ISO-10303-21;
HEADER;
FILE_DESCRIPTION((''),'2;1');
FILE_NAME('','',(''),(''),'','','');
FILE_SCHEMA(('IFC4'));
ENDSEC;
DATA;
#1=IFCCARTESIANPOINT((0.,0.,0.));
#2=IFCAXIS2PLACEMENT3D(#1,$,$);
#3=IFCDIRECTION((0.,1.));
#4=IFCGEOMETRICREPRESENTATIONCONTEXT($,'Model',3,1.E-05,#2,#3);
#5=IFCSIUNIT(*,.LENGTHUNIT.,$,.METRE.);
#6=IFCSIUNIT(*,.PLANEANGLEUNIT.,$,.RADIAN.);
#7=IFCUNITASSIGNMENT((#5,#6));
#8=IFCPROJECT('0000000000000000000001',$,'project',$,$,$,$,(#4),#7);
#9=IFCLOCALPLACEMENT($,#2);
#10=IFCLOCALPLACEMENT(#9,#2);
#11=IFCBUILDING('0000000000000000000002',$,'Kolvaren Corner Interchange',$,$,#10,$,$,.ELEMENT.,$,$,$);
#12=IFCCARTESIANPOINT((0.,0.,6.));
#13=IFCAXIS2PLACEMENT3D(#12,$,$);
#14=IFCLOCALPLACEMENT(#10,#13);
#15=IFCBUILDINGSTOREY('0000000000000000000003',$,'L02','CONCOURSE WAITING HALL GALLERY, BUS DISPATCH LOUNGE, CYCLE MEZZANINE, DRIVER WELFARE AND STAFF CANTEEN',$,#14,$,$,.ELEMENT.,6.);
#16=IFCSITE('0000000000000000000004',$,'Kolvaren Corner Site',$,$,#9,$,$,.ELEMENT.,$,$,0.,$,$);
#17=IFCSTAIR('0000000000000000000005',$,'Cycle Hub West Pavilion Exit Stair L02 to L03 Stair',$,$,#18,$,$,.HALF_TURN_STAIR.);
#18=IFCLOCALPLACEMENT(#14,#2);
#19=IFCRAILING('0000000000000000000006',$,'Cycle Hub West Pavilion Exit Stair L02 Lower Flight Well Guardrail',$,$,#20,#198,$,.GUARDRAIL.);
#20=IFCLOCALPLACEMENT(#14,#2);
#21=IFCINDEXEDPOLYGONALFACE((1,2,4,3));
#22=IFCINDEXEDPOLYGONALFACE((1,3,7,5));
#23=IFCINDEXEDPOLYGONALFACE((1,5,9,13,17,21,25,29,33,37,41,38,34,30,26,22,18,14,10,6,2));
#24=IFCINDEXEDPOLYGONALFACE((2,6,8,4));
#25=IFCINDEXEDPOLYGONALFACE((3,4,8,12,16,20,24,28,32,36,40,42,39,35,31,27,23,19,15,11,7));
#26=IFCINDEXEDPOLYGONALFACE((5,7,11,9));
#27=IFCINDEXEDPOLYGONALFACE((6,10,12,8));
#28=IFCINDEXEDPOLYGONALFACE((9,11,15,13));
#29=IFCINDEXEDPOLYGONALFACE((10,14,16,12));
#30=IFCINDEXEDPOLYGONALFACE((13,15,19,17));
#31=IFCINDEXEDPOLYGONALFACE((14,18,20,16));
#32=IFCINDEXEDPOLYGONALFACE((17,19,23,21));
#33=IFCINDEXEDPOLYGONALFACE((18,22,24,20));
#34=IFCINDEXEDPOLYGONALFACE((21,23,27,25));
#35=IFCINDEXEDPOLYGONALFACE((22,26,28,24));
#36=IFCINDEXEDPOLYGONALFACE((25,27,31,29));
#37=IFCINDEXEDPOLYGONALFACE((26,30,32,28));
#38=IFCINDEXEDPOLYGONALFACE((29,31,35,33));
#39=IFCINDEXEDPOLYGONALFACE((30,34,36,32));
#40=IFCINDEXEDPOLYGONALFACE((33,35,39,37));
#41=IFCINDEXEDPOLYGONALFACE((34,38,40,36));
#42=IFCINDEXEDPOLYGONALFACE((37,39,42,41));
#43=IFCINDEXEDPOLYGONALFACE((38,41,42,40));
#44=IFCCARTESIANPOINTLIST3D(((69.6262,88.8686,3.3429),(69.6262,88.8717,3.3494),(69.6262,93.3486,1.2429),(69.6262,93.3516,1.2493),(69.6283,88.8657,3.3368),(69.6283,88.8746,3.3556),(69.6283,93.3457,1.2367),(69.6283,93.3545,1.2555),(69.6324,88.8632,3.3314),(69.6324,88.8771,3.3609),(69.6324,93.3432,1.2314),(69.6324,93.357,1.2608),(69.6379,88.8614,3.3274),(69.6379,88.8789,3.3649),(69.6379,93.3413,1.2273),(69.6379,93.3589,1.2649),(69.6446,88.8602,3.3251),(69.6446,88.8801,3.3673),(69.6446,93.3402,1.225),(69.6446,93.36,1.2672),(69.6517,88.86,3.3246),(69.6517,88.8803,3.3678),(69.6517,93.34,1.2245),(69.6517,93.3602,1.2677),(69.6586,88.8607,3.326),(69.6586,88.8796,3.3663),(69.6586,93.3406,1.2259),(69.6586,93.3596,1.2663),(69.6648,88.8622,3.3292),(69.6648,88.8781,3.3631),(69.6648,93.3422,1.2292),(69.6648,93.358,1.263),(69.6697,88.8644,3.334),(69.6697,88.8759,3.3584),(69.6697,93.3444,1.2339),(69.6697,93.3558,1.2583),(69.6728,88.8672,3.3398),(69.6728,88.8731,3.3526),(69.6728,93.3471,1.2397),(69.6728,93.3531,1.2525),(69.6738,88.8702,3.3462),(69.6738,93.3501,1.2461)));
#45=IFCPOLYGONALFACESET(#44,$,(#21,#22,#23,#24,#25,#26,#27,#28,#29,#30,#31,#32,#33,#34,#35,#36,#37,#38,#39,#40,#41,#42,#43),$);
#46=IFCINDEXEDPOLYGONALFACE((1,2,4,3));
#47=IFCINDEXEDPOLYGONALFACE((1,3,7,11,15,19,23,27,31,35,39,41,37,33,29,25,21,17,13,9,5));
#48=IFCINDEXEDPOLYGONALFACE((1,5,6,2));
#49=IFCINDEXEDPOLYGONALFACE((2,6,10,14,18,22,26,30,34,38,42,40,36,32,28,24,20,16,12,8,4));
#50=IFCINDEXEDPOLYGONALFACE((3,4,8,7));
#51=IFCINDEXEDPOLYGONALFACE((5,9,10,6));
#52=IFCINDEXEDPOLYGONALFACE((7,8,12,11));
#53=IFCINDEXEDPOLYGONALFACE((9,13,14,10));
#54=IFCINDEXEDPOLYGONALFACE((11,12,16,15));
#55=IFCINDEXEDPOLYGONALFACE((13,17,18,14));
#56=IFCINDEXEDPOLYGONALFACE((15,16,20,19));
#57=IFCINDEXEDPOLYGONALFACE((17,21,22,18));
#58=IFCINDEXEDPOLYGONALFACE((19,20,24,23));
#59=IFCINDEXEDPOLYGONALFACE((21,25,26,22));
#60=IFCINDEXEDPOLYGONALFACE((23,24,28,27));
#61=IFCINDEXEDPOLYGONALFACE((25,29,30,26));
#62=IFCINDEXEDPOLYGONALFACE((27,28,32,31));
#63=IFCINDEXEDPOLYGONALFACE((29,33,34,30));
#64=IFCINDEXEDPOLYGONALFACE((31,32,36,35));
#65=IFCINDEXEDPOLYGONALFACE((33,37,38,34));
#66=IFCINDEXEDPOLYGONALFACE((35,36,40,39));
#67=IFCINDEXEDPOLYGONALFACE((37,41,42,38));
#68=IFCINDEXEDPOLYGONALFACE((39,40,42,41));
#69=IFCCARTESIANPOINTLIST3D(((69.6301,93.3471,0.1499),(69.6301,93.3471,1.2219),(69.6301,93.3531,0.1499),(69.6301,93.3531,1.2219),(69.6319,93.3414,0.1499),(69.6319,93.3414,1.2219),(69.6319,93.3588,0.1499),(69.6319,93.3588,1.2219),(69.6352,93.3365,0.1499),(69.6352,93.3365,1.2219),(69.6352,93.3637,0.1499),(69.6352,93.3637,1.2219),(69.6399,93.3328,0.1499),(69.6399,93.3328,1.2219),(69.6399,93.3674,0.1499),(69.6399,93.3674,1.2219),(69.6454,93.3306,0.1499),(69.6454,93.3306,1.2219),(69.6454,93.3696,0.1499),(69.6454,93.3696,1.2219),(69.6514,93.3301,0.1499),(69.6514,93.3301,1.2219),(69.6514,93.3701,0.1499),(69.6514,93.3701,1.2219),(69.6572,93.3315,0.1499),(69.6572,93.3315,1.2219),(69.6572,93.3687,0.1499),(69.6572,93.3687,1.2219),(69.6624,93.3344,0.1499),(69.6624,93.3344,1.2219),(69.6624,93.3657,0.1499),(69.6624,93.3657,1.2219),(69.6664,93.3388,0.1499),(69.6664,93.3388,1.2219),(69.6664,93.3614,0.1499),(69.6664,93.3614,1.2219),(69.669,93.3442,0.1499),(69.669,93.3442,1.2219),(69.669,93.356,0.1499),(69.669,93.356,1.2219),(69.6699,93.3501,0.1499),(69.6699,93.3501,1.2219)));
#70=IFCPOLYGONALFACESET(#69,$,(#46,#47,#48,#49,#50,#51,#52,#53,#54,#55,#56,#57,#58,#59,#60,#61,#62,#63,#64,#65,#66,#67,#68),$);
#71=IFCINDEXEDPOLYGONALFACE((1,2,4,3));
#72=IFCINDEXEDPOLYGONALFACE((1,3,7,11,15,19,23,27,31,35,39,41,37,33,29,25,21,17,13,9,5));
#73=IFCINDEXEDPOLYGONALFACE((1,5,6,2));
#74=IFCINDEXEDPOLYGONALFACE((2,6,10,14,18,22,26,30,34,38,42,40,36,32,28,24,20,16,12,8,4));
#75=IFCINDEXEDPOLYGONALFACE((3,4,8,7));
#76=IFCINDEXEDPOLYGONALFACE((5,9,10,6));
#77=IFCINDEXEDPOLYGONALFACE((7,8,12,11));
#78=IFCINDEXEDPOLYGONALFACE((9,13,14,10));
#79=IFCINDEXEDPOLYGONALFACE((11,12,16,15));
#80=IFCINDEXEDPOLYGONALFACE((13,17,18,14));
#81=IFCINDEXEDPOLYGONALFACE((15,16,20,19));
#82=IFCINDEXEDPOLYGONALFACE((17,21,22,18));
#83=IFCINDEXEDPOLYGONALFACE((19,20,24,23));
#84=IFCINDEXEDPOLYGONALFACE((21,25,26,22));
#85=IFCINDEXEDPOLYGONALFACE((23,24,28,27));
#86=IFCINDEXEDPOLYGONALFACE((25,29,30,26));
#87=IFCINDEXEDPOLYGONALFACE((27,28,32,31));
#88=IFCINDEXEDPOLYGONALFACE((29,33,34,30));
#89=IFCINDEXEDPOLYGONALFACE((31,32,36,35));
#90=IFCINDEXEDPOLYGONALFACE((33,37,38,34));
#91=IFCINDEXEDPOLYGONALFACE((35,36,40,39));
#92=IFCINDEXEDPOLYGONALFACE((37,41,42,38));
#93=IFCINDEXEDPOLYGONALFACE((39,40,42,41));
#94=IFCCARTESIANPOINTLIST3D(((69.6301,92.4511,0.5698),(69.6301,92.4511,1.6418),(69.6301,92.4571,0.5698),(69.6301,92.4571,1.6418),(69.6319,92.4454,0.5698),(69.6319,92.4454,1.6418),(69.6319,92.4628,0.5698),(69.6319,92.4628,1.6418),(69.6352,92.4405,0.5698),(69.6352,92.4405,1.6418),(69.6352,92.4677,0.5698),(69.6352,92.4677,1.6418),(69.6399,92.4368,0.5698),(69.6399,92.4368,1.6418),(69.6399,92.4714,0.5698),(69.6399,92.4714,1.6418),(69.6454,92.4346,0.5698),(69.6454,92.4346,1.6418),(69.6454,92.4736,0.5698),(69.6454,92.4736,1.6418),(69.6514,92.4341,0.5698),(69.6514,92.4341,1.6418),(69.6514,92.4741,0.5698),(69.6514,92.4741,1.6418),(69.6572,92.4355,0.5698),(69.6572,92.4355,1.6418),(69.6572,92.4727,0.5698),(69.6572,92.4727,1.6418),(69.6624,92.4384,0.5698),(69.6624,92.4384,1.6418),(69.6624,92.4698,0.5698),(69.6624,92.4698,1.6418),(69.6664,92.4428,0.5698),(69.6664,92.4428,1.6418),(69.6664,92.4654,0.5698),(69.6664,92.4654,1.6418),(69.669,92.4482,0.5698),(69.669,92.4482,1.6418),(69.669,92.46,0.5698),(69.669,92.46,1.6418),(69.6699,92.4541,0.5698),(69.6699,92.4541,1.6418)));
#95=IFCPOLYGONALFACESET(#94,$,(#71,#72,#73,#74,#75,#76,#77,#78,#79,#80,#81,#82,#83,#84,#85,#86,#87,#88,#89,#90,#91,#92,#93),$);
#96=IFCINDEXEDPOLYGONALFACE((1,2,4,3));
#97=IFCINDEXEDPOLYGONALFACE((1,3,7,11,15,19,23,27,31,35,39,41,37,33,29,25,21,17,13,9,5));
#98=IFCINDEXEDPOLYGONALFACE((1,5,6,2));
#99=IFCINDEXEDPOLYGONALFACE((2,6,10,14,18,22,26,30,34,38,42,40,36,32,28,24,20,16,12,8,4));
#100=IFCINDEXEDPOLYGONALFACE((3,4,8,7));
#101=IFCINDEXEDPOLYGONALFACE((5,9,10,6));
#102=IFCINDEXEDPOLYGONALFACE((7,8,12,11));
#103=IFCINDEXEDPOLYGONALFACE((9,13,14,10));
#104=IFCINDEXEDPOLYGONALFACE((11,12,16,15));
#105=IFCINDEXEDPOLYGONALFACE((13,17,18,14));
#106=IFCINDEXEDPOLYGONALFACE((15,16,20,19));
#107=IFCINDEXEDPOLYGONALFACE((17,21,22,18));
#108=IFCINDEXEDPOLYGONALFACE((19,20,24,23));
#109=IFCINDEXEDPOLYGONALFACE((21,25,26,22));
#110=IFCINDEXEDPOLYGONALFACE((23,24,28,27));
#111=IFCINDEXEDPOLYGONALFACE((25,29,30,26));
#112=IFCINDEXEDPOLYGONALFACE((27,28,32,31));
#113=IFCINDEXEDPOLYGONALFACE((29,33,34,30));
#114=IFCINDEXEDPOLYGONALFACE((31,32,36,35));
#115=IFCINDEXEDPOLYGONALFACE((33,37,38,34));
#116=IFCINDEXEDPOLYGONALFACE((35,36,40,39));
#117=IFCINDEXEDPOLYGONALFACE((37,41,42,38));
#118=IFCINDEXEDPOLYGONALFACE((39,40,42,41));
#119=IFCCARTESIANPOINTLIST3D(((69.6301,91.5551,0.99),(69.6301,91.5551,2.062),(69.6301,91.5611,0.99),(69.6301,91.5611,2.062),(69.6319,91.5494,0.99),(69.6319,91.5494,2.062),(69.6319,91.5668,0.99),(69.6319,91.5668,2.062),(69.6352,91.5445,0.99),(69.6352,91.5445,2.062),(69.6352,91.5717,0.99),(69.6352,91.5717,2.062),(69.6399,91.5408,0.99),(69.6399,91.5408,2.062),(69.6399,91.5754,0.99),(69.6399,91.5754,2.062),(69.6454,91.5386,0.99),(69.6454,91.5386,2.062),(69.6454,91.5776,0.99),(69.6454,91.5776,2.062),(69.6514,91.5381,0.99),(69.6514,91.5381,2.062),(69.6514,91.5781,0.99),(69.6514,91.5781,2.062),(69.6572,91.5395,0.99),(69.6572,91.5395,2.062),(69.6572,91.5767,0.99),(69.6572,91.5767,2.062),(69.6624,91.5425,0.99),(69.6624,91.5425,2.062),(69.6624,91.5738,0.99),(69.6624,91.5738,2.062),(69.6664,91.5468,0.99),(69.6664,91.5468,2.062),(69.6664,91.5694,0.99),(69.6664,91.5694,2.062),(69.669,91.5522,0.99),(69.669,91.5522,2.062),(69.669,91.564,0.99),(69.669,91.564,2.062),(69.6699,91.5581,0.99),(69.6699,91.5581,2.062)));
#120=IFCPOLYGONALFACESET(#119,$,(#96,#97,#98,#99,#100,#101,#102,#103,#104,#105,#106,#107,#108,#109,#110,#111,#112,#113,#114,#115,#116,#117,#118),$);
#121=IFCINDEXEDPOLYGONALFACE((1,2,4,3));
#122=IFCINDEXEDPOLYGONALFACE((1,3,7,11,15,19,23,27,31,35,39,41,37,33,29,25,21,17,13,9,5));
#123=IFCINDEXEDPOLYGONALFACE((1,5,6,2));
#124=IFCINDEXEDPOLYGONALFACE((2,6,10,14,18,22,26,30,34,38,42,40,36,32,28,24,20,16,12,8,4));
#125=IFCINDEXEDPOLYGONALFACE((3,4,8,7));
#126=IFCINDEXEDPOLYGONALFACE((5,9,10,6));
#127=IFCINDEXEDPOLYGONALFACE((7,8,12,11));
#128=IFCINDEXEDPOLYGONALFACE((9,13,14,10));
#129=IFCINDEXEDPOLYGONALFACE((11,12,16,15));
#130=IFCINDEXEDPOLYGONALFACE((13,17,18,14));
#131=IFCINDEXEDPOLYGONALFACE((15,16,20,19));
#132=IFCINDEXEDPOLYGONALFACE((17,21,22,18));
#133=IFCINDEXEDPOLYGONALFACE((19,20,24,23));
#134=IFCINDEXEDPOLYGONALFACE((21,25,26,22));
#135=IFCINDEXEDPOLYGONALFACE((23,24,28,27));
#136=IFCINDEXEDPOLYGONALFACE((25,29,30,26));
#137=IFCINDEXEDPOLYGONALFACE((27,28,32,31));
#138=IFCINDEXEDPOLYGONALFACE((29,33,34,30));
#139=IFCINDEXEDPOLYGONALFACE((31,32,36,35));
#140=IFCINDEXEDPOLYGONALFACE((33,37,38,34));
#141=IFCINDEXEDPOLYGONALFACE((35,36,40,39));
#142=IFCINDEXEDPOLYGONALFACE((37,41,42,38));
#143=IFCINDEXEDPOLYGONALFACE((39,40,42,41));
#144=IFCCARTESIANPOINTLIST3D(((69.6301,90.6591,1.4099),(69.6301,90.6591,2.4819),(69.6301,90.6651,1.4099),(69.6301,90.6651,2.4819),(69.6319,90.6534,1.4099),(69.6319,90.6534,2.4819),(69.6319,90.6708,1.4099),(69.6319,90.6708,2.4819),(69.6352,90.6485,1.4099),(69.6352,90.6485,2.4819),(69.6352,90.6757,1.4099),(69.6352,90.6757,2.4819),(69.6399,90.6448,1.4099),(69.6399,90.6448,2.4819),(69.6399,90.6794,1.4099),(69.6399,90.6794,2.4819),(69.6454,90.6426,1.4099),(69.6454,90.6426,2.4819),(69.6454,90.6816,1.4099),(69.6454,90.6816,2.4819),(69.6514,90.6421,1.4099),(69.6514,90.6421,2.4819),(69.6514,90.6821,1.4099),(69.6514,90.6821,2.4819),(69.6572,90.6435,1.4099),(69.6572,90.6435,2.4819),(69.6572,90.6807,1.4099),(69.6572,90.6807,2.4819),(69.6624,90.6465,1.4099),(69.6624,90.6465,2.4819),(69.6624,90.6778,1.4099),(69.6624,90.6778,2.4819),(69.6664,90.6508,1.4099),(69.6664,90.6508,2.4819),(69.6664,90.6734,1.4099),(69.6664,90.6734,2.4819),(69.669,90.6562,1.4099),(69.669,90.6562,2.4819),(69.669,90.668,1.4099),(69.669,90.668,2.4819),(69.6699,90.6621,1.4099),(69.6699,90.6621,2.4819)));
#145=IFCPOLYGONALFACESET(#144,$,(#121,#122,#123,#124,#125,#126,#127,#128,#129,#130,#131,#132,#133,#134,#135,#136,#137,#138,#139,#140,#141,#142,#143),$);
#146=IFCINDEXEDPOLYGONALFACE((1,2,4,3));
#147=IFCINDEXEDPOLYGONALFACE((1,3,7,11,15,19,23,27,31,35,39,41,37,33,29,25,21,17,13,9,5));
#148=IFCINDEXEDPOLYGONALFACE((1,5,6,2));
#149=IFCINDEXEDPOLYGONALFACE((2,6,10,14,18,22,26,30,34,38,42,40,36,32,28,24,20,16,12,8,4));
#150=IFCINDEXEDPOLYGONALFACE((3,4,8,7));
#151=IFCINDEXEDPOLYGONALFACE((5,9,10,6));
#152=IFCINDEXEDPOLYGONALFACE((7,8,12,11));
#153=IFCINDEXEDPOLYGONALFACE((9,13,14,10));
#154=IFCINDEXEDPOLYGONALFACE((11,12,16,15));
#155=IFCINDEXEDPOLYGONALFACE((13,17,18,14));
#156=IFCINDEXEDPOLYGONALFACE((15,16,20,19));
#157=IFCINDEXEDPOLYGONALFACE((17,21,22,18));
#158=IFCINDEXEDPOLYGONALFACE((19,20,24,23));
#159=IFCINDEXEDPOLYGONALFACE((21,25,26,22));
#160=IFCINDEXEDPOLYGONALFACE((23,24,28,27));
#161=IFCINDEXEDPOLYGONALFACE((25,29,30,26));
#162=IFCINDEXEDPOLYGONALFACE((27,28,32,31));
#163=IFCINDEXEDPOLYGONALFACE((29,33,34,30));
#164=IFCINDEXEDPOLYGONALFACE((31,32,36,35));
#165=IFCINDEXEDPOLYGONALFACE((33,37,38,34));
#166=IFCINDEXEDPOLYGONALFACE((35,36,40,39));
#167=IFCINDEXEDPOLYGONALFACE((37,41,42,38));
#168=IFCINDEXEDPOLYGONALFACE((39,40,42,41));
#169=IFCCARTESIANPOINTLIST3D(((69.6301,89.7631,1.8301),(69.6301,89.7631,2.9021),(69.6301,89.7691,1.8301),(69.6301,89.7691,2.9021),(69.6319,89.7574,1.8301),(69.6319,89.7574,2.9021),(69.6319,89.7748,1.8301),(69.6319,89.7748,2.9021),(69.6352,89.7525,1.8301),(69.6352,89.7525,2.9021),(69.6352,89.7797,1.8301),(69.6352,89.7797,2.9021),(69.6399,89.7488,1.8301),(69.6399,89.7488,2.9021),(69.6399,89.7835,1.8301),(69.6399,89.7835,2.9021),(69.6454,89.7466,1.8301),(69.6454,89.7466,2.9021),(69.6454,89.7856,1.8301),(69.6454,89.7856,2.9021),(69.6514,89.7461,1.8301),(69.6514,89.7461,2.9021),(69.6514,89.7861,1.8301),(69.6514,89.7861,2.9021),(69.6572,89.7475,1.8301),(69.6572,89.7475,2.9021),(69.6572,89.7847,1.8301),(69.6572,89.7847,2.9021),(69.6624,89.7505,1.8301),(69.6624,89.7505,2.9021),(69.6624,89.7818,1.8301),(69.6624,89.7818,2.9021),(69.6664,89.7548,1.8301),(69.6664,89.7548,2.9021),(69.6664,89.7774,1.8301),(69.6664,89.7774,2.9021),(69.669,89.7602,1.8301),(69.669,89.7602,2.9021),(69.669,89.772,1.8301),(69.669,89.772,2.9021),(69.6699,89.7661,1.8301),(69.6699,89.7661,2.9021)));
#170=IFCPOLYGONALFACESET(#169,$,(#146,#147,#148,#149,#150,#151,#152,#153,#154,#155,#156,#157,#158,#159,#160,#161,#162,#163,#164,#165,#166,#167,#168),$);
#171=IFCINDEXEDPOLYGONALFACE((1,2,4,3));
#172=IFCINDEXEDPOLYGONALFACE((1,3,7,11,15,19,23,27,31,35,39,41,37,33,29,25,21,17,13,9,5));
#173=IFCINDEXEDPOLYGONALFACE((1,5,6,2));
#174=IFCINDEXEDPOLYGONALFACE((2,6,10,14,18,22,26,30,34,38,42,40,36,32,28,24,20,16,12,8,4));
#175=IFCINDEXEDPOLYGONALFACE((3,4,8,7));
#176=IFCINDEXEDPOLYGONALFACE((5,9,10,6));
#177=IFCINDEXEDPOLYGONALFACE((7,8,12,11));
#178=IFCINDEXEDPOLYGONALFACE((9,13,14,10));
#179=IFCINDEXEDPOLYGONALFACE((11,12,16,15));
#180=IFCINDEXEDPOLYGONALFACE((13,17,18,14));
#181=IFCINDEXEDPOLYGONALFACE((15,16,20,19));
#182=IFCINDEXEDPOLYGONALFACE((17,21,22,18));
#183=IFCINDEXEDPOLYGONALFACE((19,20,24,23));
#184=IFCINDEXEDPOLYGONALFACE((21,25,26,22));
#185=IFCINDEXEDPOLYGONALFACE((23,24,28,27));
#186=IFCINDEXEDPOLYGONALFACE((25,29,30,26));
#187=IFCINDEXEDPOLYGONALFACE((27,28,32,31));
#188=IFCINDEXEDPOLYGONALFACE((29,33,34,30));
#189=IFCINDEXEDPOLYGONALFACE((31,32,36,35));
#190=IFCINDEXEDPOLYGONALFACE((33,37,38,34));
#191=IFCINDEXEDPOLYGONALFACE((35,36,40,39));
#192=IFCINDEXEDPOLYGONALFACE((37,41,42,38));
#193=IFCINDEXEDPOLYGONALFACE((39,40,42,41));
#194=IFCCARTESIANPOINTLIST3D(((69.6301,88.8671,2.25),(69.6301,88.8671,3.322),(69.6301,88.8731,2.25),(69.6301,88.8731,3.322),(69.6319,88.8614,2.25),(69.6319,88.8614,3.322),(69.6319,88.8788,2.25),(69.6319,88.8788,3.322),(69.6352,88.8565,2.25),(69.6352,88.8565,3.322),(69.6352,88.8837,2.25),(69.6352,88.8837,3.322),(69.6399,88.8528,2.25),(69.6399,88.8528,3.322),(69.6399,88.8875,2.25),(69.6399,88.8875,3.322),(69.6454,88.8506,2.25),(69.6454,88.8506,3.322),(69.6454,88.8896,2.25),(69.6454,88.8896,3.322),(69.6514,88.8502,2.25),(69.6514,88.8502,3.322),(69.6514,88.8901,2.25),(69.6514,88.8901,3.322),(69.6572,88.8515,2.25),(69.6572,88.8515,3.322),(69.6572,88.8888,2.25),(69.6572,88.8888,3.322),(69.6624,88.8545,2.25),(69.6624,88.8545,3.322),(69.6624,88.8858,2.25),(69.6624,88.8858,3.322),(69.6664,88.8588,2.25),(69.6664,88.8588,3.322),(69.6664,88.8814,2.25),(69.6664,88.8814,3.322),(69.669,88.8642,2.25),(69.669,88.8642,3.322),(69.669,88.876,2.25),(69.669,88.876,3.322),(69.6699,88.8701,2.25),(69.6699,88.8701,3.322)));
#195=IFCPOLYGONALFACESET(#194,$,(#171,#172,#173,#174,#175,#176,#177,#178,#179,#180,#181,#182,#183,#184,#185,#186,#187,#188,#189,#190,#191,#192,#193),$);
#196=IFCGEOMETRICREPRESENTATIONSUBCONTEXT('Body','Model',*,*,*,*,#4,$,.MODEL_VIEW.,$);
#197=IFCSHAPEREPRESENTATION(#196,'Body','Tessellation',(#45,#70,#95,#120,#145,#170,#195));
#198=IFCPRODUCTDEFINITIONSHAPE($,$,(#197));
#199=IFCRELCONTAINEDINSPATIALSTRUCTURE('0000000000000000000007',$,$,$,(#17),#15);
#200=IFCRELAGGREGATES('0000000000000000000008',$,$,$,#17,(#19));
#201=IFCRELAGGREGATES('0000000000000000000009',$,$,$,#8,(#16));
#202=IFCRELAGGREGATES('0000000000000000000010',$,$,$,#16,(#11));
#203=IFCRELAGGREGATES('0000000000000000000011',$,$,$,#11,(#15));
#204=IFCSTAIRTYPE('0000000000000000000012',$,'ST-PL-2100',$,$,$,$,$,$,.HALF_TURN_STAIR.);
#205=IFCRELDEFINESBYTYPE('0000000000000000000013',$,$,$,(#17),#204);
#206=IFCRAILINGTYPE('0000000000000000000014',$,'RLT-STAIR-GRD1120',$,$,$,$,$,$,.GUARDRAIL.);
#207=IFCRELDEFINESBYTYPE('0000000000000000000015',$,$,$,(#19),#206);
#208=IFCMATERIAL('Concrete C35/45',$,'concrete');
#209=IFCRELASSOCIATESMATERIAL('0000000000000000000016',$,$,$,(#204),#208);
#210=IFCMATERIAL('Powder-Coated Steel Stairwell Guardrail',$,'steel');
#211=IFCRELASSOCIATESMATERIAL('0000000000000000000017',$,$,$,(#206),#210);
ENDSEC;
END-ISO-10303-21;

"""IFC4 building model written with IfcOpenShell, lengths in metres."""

from ifc_helpers import new_model, si_unit, direction, frame, origin, origin_2d, place, context, subcontext, project, spatial, circle, extrude, material, type_object, element, aggregate, save


model = new_model("IFC4")

# Units and contexts
model_context = context("Model", 3, precision=1e-05, world=origin(), true_north=direction((0.0, 1.0)))
body_context = subcontext(model_context, "Body", "Model", "MODEL_VIEW")
ifc_project = project(units=[si_unit("LENGTHUNIT", "METRE"), si_unit("PLANEANGLEUNIT", "RADIAN")], contexts=[model_context])

# Site, building, storey
site_placement = place(None, origin())
site = spatial("IfcSite", under=ifc_project, at=site_placement, Name="Kolvaren Corner Site", CompositionType="ELEMENT", RefElevation=0.0)
building_placement = place(site_placement, origin())
building = spatial("IfcBuilding", under=site, at=building_placement, Name="Kolvaren Corner Interchange", CompositionType="ELEMENT")
storey_placement = place(building_placement, frame((0.0, 0.0, 6.0)))
storey = spatial("IfcBuildingStorey", under=building, at=storey_placement, Name="L02", Description="CONCOURSE WAITING HALL GALLERY, BUS DISPATCH LOUNGE, CYCLE MEZZANINE, DRIVER WELFARE AND STAFF CANTEEN", CompositionType="ELEMENT", Elevation=6.0)

# Stair
ifc_material_1 = material(Name="Concrete C35/45", Category="concrete")
stair_type = type_object("IfcStairType", Name="ST-PL-2100", PredefinedType="HALF_TURN_STAIR", material=ifc_material_1)
stair_placement = place(storey_placement, origin())
stair = element("IfcStair", 1, at=stair_placement, inside=storey, type_object=stair_type, Name="Cycle Hub West Pavilion Exit Stair L02 to L03 Stair", PredefinedType="HALF_TURN_STAIR")

# Railing
ifc_material_2 = material(Name="Powder-Coated Steel Stairwell Guardrail", Category="steel")
railing_type_1 = type_object("IfcRailingType", Name="RLT-STAIR-GRD1120", PredefinedType="GUARDRAIL", material=ifc_material_2)
railing_1_placement = place(storey_placement, frame((69.6499, 93.3501, 0.1499)))
railing_1 = element("IfcRailing", 2, at=railing_1_placement, type_object=railing_type_1, Name="Cycle Hub West Pavilion Exit Stair L02 Lower Flight Well Guardrail", PredefinedType="GUARDRAIL", context=body_context, shape_type="SweptSolid", body=[
    extrude(circle(Radius=0.0239, at=origin_2d()), frame((0.0, 0.0, 1.0962), z_axis=(0.0, -0.905451, 0.424452), x_axis=(1.0, 0.0, 0.0)), (0.0, 0.0, 1.0), 4.9478),
    extrude(circle(Radius=0.02, at=origin_2d()), origin(), (0.0, 0.0, 1.0), 1.072),
    extrude(circle(Radius=0.02, at=origin_2d()), frame((0.0, -0.896, 0.4199)), (0.0, 0.0, 1.0), 1.072),
    extrude(circle(Radius=0.02, at=origin_2d()), frame((0.0, -1.792, 0.8401)), (0.0, 0.0, 1.0), 1.072),
    extrude(circle(Radius=0.02, at=origin_2d()), frame((0.0, -2.688, 1.26)), (0.0, 0.0, 1.0), 1.072),
    extrude(circle(Radius=0.02, at=origin_2d()), frame((0.0, -3.584, 1.6802)), (0.0, 0.0, 1.0), 1.072),
    extrude(circle(Radius=0.02, at=origin_2d()), frame((0.0, -4.48, 2.1001)), (0.0, 0.0, 1.0), 1.072),
])
aggregate(stair, [railing_1])

save(model, "model.ifc")
